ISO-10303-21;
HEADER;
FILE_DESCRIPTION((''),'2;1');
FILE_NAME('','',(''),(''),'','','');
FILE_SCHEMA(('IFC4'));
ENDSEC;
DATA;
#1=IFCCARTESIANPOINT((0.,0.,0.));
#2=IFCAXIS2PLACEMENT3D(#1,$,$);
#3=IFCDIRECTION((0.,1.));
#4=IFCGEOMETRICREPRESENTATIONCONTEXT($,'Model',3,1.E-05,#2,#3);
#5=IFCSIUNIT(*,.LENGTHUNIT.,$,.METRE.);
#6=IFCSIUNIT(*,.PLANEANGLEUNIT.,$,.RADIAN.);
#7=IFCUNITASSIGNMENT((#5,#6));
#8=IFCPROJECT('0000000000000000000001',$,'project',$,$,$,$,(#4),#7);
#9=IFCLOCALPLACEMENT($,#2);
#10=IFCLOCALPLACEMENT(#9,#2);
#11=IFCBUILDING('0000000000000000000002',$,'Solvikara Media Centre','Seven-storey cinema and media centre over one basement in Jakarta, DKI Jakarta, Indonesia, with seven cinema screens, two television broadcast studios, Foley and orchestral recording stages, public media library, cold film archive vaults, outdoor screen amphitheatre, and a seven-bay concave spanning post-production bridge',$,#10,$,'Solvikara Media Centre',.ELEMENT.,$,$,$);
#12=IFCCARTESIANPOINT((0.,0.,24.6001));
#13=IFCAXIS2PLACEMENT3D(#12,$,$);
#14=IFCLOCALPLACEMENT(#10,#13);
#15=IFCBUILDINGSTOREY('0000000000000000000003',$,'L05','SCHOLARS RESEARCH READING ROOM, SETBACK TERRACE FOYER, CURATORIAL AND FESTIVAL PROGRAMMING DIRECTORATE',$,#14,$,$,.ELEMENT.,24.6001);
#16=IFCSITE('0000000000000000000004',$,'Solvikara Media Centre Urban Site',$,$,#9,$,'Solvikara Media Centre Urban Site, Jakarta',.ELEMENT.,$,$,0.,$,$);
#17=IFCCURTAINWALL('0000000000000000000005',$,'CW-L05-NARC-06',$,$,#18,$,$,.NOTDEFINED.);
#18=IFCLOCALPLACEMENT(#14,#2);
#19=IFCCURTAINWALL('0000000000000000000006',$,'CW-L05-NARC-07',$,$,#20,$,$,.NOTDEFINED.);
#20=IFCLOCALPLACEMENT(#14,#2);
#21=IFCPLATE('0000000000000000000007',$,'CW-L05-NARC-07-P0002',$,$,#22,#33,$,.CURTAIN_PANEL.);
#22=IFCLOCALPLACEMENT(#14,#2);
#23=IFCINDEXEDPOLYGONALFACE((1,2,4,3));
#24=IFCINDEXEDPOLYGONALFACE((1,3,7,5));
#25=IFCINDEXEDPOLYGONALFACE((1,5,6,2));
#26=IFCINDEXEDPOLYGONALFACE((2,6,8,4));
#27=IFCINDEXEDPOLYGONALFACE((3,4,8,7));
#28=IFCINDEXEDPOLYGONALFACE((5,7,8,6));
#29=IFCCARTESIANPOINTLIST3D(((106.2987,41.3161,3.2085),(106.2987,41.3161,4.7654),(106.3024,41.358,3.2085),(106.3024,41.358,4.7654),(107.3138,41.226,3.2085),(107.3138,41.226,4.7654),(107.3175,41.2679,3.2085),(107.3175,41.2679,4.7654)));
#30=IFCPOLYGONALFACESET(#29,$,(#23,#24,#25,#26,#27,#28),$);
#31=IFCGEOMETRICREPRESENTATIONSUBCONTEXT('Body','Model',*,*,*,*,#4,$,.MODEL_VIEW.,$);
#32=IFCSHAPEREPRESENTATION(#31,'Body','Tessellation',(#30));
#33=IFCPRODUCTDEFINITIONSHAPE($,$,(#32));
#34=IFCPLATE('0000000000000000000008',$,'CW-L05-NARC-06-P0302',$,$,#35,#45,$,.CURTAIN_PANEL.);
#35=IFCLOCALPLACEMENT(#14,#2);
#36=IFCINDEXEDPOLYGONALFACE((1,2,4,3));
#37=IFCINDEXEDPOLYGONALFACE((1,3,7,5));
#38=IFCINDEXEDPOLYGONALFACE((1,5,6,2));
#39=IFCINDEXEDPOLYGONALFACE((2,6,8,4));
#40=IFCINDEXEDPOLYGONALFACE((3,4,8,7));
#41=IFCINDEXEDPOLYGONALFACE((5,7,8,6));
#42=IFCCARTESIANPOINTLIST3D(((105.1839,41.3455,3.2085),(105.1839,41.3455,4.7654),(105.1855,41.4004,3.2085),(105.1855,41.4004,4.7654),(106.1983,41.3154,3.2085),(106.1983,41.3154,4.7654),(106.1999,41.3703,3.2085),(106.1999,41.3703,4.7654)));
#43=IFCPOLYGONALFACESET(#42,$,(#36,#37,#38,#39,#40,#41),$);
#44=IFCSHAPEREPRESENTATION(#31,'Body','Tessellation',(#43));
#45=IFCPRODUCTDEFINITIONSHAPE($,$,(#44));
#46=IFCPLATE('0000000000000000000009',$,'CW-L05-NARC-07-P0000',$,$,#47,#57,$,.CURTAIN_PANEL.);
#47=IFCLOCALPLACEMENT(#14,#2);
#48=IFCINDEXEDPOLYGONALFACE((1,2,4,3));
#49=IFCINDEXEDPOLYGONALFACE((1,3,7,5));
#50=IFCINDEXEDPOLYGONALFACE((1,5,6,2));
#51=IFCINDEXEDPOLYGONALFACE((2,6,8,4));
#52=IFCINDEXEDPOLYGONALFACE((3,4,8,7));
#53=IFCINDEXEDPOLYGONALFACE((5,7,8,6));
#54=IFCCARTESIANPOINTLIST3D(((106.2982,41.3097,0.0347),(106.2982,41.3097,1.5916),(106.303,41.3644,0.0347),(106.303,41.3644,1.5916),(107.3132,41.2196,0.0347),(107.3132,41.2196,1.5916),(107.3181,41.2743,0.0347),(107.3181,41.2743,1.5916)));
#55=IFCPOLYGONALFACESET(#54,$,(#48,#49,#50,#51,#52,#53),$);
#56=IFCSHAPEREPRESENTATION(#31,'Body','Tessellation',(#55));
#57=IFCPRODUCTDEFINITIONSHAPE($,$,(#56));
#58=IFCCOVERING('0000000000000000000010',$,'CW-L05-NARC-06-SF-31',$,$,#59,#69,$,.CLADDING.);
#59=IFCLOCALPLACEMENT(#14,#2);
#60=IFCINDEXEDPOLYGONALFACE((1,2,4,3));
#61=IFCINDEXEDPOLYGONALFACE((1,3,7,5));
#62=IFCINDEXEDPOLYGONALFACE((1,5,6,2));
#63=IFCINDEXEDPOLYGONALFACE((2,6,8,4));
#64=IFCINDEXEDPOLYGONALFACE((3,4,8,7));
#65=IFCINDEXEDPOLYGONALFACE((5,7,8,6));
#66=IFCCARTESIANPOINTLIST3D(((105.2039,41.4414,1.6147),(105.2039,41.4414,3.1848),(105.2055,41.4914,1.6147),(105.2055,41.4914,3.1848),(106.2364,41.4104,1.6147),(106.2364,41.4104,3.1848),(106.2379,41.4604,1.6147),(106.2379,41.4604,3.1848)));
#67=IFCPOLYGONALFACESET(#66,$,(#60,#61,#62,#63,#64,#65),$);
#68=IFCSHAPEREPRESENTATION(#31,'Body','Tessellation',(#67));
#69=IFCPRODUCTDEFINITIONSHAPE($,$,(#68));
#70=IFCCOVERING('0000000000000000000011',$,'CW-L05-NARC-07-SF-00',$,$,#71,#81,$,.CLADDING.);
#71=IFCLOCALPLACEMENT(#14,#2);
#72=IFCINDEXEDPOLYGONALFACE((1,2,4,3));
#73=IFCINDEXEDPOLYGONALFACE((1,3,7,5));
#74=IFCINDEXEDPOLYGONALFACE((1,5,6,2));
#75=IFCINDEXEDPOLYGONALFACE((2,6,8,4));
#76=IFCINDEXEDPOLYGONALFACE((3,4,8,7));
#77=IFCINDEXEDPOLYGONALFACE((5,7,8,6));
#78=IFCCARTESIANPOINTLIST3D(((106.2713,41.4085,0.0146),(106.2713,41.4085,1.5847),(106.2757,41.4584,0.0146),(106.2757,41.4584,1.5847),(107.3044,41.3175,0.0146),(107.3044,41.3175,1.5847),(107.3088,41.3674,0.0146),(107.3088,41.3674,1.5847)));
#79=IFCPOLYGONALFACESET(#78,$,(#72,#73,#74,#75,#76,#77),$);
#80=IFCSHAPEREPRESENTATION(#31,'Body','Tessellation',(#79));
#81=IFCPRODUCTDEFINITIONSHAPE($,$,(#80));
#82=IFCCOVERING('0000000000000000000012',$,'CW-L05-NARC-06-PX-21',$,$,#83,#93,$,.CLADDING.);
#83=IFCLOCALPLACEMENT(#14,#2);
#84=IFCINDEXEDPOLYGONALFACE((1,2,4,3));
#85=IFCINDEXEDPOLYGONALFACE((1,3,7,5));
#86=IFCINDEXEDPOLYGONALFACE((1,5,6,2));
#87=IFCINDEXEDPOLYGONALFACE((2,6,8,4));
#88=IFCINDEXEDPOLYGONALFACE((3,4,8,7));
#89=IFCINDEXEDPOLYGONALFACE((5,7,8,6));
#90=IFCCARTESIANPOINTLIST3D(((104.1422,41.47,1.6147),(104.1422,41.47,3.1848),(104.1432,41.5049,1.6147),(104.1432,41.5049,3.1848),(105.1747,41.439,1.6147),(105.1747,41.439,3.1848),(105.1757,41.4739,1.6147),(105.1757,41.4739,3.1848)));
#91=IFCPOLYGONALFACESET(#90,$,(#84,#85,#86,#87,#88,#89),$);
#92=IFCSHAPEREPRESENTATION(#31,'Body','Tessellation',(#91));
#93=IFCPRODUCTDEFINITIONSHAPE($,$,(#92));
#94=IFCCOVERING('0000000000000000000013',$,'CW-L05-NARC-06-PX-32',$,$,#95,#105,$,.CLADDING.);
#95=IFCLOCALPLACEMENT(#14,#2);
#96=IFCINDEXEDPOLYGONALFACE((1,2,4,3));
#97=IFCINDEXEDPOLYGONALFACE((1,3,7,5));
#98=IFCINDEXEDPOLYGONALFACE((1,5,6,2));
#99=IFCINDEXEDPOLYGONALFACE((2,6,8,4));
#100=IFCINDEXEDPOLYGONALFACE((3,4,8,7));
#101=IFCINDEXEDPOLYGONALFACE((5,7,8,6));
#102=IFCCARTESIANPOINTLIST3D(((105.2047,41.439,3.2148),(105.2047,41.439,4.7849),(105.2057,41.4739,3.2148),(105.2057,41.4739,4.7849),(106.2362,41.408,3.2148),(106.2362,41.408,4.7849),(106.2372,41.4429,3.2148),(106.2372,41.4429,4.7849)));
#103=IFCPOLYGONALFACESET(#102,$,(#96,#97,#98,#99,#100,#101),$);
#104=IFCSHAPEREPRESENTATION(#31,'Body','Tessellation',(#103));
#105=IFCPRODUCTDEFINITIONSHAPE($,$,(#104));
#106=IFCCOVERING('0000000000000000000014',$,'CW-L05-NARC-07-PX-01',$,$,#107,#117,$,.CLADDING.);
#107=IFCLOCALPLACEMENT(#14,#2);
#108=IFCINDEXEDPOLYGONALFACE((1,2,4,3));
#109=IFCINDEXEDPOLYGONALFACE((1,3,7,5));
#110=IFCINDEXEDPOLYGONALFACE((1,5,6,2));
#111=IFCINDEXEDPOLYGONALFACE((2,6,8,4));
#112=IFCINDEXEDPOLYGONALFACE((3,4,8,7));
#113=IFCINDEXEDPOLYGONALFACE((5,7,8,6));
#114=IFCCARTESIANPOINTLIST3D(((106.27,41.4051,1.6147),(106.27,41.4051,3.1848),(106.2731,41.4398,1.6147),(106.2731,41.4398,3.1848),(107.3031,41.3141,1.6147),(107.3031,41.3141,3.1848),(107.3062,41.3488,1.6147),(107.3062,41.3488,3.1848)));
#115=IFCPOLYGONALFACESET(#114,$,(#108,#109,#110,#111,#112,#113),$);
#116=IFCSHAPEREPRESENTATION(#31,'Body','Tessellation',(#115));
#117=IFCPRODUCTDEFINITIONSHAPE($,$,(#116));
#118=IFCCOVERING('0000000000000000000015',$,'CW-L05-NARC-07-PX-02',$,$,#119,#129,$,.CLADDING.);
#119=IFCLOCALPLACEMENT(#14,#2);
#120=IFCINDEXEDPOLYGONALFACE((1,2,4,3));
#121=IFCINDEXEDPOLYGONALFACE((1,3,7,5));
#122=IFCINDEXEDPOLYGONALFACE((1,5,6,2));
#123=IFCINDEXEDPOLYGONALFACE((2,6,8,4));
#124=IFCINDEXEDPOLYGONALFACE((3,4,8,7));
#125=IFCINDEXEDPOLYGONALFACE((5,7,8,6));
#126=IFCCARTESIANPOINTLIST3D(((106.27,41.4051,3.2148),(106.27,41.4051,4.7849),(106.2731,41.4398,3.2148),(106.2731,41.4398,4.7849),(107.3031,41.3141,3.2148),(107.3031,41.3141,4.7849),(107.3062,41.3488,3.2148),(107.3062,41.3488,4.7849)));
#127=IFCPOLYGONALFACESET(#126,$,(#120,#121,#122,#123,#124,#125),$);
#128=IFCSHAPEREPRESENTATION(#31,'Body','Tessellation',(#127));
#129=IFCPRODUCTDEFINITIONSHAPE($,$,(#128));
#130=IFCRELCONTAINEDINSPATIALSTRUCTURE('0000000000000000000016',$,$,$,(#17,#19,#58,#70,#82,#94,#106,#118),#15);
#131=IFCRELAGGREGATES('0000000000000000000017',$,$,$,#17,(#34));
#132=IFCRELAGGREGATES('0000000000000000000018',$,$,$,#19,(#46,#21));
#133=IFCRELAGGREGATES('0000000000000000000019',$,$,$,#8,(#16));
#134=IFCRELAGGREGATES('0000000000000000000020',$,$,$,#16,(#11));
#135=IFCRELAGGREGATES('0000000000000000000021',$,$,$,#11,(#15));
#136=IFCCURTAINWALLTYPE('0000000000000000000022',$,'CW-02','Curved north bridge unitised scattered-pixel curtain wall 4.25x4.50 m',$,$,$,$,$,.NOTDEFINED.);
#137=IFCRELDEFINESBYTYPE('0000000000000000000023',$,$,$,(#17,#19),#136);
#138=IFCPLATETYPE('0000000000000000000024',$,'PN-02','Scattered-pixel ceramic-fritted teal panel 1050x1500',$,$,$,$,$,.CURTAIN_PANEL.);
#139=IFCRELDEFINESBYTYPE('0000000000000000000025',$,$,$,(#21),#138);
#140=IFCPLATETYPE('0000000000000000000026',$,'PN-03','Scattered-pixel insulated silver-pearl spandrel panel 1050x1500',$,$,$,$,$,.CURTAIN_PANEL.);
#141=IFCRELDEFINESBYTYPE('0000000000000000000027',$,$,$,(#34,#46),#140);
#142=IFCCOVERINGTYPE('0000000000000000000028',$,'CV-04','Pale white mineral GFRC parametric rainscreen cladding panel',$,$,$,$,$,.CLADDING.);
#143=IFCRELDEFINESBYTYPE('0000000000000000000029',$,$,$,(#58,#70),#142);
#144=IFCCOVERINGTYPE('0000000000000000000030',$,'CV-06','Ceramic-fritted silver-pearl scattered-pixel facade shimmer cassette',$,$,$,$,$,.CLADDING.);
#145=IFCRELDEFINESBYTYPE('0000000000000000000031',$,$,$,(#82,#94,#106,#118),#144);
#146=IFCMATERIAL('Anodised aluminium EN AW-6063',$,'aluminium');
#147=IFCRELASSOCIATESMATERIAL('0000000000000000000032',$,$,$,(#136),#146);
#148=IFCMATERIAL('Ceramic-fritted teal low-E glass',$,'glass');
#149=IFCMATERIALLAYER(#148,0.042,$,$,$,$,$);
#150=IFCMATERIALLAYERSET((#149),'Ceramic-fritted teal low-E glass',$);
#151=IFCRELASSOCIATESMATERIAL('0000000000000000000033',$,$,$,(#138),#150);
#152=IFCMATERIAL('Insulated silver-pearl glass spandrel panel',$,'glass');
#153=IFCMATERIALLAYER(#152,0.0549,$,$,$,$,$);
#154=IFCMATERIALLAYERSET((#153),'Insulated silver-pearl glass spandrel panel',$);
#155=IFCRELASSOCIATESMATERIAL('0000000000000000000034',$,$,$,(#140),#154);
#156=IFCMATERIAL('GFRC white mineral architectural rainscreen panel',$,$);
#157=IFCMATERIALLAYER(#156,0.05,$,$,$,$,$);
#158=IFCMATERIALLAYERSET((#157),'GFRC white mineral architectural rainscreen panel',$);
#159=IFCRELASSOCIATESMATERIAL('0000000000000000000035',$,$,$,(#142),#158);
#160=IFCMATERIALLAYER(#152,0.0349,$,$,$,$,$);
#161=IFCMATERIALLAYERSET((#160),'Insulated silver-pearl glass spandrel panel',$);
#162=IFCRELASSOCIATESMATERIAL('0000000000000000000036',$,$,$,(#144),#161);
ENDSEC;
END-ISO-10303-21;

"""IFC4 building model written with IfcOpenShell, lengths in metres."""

from ifc_helpers import new_model, si_unit, direction, frame, origin, origin_2d, place, context, subcontext, project, spatial, rectangle, extrude, material, layer, layer_set, type_object, element, aggregate, save


model = new_model("IFC4")

# Units and contexts
model_context = context("Model", 3, precision=1e-05, world=origin(), true_north=direction((0.0, 1.0)))
body_context = subcontext(model_context, "Body", "Model", "MODEL_VIEW")
ifc_project = project(units=[si_unit("LENGTHUNIT", "METRE"), si_unit("PLANEANGLEUNIT", "RADIAN")], contexts=[model_context])

# Site, building, storey
site_placement = place(None, origin())
site = spatial("IfcSite", under=ifc_project, at=site_placement, Name="Solvikara Media Centre Urban Site", LongName="Solvikara Media Centre Urban Site, Jakarta", CompositionType="ELEMENT", RefElevation=0.0)
building_placement = place(site_placement, origin())
building = spatial("IfcBuilding", under=site, at=building_placement, Name="Solvikara Media Centre", Description="Seven-storey cinema and media centre over one basement in Jakarta, DKI Jakarta, Indonesia, with seven cinema screens, two television broadcast studios, Foley and orchestral recording stages, public media library, cold film archive vaults, outdoor screen amphitheatre, and a seven-bay concave spanning post-production bridge", LongName="Solvikara Media Centre", CompositionType="ELEMENT")
storey_placement = place(building_placement, frame((0.0, 0.0, 24.6001)))
storey = spatial("IfcBuildingStorey", under=building, at=storey_placement, Name="L05", Description="SCHOLARS RESEARCH READING ROOM, SETBACK TERRACE FOYER, CURATORIAL AND FESTIVAL PROGRAMMING DIRECTORATE", CompositionType="ELEMENT", Elevation=24.6001)

# Curtain walls
ifc_material_1 = material(Name="Anodised aluminium EN AW-6063", Category="aluminium")
curtain_wall_type = type_object("IfcCurtainWallType", Name="CW-02", Description="Curved north bridge unitised scattered-pixel curtain wall 4.25x4.50 m", PredefinedType="NOTDEFINED", material=ifc_material_1)
curtain_wall_1_placement = place(storey_placement, origin())
curtain_wall_1 = element("IfcCurtainWall", 1, at=curtain_wall_1_placement, inside=storey, type_object=curtain_wall_type, Name="CW-L05-NARC-06", PredefinedType="NOTDEFINED")
curtain_wall_2_placement = place(storey_placement, origin())
curtain_wall_2 = element("IfcCurtainWall", 2, at=curtain_wall_2_placement, inside=storey, type_object=curtain_wall_type, Name="CW-L05-NARC-07", PredefinedType="NOTDEFINED")

# Plates
ifc_material_2 = material(Name="Ceramic-fritted teal low-E glass", Category="glass")
ifc_layer_1 = layer(ifc_material_2, 0.042)
ifc_layer_set_1 = layer_set([ifc_layer_1], Name="Ceramic-fritted teal low-E glass")
plate_type_1 = type_object("IfcPlateType", Name="PN-02", Description="Scattered-pixel ceramic-fritted teal panel 1050x1500", PredefinedType="CURTAIN_PANEL", material=ifc_layer_set_1)
plate_1_placement = place(storey_placement, frame((106.8081, 41.292, 3.2085), z_axis=(0.0, 0.0, 1.0), x_axis=(0.996084, -0.088408, 0.0)))
plate_1 = element("IfcPlate", 3, at=plate_1_placement, type_object=plate_type_1, Name="CW-L05-NARC-07-P0002", PredefinedType="CURTAIN_PANEL", context=body_context, shape_type="SweptSolid", body=[
    extrude(rectangle(XDim=1.019, YDim=0.042, at=origin_2d()), origin(), (0.0, 0.0, 1.0), 1.5569),
])
ifc_material_3 = material(Name="Insulated silver-pearl glass spandrel panel", Category="glass")
ifc_layer_2 = layer(ifc_material_3, 0.0549)
ifc_layer_set_2 = layer_set([ifc_layer_2], Name="Insulated silver-pearl glass spandrel panel")
plate_type_2 = type_object("IfcPlateType", Name="PN-03", Description="Scattered-pixel insulated silver-pearl spandrel panel 1050x1500", PredefinedType="CURTAIN_PANEL", material=ifc_layer_set_2)
plate_2_placement = place(storey_placement, frame((105.6919, 41.3579, 3.2085), z_axis=(0.0, 0.0, 1.0), x_axis=(0.99956, -0.029649, 0.0)))
plate_2 = element("IfcPlate", 4, at=plate_2_placement, type_object=plate_type_2, Name="CW-L05-NARC-06-P0302", PredefinedType="CURTAIN_PANEL", context=body_context, shape_type="SweptSolid", body=[
    extrude(rectangle(XDim=1.0149, YDim=0.0549, at=origin_2d()), origin(), (0.0, 0.0, 1.0), 1.5569),
])
aggregate(curtain_wall_1, [plate_2])
plate_3_placement = place(storey_placement, frame((106.8081, 41.292, 0.0347), z_axis=(0.0, 0.0, 1.0), x_axis=(0.996084, -0.088408, 0.0)))
plate_3 = element("IfcPlate", 5, at=plate_3_placement, type_object=plate_type_2, Name="CW-L05-NARC-07-P0000", PredefinedType="CURTAIN_PANEL", context=body_context, shape_type="SweptSolid", body=[
    extrude(rectangle(XDim=1.019, YDim=0.0549, at=origin_2d()), origin(), (0.0, 0.0, 1.0), 1.5569),
])
aggregate(curtain_wall_2, [plate_3, plate_1])

# Coverings
ifc_material_4 = material(Name="GFRC white mineral architectural rainscreen panel")
ifc_layer_3 = layer(ifc_material_4, 0.05)
ifc_layer_set_3 = layer_set([ifc_layer_3], Name="GFRC white mineral architectural rainscreen panel")
covering_type_1 = type_object("IfcCoveringType", Name="CV-04", Description="Pale white mineral GFRC parametric rainscreen cladding panel", PredefinedType="CLADDING", material=ifc_layer_set_3)
covering_1_placement = place(storey_placement, frame((105.7209, 41.4509, 1.6147), z_axis=(0.0, 0.0, 1.0), x_axis=(0.99955, -0.029998, 0.0)))
element("IfcCovering", 6, at=covering_1_placement, inside=storey, type_object=covering_type_1, Name="CW-L05-NARC-06-SF-31", PredefinedType="CLADDING", context=body_context, shape_type="SweptSolid", body=[
    extrude(rectangle(XDim=1.033, YDim=0.05, at=origin_2d()), origin(), (0.0, 0.0, 1.0), 1.5701),
])
covering_2_placement = place(storey_placement, frame((106.79, 41.3879, 0.0146), z_axis=(0.0, 0.0, 1.0), x_axis=(0.996143, -0.087747, 0.0)))
element("IfcCovering", 7, at=covering_2_placement, inside=storey, type_object=covering_type_1, Name="CW-L05-NARC-07-SF-00", PredefinedType="CLADDING", context=body_context, shape_type="SweptSolid", body=[
    extrude(rectangle(XDim=1.0371, YDim=0.05, at=origin_2d()), origin(), (0.0, 0.0, 1.0), 1.5701),
])
ifc_layer_4 = layer(ifc_material_3, 0.0349)
ifc_layer_set_4 = layer_set([ifc_layer_4], Name="Insulated silver-pearl glass spandrel panel")
covering_type_2 = type_object("IfcCoveringType", Name="CV-06", Description="Ceramic-fritted silver-pearl scattered-pixel facade shimmer cassette", PredefinedType="CLADDING", material=ifc_layer_set_4)
covering_3_placement = place(storey_placement, frame((104.6589, 41.4719, 1.6147), z_axis=(0.0, 0.0, 1.0), x_axis=(0.99955, -0.029998, 0.0)))
element("IfcCovering", 8, at=covering_3_placement, inside=storey, type_object=covering_type_2, Name="CW-L05-NARC-06-PX-21", PredefinedType="CLADDING", context=body_context, shape_type="SweptSolid", body=[
    extrude(rectangle(XDim=1.033, YDim=0.0349, at=origin_2d()), origin(), (0.0, 0.0, 1.0), 1.5701),
])
covering_4_placement = place(storey_placement, frame((105.7209, 41.4409, 3.2148), z_axis=(0.0, 0.0, 1.0), x_axis=(0.999549, -0.030033, 0.0)))
element("IfcCovering", 9, at=covering_4_placement, inside=storey, type_object=covering_type_2, Name="CW-L05-NARC-06-PX-32", PredefinedType="CLADDING", context=body_context, shape_type="SweptSolid", body=[
    extrude(rectangle(XDim=1.032, YDim=0.0349, at=origin_2d()), origin(), (0.0, 0.0, 1.0), 1.5701),
])
for number, where, z_axis, x_axis, name in (
    (10, (106.7881, 41.377, 1.6147), (0.0, 0.0, 1.0), (0.996143, -0.087747, 0.0), "CW-L05-NARC-07-PX-01"),
    (11, (106.7881, 41.377, 3.2148), (0.0, 0.0, 1.0), (0.996143, -0.087747, 0.0), "CW-L05-NARC-07-PX-02"),
):
    element("IfcCovering", number, at=place(storey_placement, frame(where, z_axis=z_axis, x_axis=x_axis)), inside=storey, type_object=covering_type_2, Name=name, PredefinedType="CLADDING", context=body_context, shape_type="SweptSolid", body=[
        extrude(rectangle(XDim=1.0371, YDim=0.0349, at=origin_2d()), origin(), (0.0, 0.0, 1.0), 1.5701),
    ])

save(model, "model.ifc")
